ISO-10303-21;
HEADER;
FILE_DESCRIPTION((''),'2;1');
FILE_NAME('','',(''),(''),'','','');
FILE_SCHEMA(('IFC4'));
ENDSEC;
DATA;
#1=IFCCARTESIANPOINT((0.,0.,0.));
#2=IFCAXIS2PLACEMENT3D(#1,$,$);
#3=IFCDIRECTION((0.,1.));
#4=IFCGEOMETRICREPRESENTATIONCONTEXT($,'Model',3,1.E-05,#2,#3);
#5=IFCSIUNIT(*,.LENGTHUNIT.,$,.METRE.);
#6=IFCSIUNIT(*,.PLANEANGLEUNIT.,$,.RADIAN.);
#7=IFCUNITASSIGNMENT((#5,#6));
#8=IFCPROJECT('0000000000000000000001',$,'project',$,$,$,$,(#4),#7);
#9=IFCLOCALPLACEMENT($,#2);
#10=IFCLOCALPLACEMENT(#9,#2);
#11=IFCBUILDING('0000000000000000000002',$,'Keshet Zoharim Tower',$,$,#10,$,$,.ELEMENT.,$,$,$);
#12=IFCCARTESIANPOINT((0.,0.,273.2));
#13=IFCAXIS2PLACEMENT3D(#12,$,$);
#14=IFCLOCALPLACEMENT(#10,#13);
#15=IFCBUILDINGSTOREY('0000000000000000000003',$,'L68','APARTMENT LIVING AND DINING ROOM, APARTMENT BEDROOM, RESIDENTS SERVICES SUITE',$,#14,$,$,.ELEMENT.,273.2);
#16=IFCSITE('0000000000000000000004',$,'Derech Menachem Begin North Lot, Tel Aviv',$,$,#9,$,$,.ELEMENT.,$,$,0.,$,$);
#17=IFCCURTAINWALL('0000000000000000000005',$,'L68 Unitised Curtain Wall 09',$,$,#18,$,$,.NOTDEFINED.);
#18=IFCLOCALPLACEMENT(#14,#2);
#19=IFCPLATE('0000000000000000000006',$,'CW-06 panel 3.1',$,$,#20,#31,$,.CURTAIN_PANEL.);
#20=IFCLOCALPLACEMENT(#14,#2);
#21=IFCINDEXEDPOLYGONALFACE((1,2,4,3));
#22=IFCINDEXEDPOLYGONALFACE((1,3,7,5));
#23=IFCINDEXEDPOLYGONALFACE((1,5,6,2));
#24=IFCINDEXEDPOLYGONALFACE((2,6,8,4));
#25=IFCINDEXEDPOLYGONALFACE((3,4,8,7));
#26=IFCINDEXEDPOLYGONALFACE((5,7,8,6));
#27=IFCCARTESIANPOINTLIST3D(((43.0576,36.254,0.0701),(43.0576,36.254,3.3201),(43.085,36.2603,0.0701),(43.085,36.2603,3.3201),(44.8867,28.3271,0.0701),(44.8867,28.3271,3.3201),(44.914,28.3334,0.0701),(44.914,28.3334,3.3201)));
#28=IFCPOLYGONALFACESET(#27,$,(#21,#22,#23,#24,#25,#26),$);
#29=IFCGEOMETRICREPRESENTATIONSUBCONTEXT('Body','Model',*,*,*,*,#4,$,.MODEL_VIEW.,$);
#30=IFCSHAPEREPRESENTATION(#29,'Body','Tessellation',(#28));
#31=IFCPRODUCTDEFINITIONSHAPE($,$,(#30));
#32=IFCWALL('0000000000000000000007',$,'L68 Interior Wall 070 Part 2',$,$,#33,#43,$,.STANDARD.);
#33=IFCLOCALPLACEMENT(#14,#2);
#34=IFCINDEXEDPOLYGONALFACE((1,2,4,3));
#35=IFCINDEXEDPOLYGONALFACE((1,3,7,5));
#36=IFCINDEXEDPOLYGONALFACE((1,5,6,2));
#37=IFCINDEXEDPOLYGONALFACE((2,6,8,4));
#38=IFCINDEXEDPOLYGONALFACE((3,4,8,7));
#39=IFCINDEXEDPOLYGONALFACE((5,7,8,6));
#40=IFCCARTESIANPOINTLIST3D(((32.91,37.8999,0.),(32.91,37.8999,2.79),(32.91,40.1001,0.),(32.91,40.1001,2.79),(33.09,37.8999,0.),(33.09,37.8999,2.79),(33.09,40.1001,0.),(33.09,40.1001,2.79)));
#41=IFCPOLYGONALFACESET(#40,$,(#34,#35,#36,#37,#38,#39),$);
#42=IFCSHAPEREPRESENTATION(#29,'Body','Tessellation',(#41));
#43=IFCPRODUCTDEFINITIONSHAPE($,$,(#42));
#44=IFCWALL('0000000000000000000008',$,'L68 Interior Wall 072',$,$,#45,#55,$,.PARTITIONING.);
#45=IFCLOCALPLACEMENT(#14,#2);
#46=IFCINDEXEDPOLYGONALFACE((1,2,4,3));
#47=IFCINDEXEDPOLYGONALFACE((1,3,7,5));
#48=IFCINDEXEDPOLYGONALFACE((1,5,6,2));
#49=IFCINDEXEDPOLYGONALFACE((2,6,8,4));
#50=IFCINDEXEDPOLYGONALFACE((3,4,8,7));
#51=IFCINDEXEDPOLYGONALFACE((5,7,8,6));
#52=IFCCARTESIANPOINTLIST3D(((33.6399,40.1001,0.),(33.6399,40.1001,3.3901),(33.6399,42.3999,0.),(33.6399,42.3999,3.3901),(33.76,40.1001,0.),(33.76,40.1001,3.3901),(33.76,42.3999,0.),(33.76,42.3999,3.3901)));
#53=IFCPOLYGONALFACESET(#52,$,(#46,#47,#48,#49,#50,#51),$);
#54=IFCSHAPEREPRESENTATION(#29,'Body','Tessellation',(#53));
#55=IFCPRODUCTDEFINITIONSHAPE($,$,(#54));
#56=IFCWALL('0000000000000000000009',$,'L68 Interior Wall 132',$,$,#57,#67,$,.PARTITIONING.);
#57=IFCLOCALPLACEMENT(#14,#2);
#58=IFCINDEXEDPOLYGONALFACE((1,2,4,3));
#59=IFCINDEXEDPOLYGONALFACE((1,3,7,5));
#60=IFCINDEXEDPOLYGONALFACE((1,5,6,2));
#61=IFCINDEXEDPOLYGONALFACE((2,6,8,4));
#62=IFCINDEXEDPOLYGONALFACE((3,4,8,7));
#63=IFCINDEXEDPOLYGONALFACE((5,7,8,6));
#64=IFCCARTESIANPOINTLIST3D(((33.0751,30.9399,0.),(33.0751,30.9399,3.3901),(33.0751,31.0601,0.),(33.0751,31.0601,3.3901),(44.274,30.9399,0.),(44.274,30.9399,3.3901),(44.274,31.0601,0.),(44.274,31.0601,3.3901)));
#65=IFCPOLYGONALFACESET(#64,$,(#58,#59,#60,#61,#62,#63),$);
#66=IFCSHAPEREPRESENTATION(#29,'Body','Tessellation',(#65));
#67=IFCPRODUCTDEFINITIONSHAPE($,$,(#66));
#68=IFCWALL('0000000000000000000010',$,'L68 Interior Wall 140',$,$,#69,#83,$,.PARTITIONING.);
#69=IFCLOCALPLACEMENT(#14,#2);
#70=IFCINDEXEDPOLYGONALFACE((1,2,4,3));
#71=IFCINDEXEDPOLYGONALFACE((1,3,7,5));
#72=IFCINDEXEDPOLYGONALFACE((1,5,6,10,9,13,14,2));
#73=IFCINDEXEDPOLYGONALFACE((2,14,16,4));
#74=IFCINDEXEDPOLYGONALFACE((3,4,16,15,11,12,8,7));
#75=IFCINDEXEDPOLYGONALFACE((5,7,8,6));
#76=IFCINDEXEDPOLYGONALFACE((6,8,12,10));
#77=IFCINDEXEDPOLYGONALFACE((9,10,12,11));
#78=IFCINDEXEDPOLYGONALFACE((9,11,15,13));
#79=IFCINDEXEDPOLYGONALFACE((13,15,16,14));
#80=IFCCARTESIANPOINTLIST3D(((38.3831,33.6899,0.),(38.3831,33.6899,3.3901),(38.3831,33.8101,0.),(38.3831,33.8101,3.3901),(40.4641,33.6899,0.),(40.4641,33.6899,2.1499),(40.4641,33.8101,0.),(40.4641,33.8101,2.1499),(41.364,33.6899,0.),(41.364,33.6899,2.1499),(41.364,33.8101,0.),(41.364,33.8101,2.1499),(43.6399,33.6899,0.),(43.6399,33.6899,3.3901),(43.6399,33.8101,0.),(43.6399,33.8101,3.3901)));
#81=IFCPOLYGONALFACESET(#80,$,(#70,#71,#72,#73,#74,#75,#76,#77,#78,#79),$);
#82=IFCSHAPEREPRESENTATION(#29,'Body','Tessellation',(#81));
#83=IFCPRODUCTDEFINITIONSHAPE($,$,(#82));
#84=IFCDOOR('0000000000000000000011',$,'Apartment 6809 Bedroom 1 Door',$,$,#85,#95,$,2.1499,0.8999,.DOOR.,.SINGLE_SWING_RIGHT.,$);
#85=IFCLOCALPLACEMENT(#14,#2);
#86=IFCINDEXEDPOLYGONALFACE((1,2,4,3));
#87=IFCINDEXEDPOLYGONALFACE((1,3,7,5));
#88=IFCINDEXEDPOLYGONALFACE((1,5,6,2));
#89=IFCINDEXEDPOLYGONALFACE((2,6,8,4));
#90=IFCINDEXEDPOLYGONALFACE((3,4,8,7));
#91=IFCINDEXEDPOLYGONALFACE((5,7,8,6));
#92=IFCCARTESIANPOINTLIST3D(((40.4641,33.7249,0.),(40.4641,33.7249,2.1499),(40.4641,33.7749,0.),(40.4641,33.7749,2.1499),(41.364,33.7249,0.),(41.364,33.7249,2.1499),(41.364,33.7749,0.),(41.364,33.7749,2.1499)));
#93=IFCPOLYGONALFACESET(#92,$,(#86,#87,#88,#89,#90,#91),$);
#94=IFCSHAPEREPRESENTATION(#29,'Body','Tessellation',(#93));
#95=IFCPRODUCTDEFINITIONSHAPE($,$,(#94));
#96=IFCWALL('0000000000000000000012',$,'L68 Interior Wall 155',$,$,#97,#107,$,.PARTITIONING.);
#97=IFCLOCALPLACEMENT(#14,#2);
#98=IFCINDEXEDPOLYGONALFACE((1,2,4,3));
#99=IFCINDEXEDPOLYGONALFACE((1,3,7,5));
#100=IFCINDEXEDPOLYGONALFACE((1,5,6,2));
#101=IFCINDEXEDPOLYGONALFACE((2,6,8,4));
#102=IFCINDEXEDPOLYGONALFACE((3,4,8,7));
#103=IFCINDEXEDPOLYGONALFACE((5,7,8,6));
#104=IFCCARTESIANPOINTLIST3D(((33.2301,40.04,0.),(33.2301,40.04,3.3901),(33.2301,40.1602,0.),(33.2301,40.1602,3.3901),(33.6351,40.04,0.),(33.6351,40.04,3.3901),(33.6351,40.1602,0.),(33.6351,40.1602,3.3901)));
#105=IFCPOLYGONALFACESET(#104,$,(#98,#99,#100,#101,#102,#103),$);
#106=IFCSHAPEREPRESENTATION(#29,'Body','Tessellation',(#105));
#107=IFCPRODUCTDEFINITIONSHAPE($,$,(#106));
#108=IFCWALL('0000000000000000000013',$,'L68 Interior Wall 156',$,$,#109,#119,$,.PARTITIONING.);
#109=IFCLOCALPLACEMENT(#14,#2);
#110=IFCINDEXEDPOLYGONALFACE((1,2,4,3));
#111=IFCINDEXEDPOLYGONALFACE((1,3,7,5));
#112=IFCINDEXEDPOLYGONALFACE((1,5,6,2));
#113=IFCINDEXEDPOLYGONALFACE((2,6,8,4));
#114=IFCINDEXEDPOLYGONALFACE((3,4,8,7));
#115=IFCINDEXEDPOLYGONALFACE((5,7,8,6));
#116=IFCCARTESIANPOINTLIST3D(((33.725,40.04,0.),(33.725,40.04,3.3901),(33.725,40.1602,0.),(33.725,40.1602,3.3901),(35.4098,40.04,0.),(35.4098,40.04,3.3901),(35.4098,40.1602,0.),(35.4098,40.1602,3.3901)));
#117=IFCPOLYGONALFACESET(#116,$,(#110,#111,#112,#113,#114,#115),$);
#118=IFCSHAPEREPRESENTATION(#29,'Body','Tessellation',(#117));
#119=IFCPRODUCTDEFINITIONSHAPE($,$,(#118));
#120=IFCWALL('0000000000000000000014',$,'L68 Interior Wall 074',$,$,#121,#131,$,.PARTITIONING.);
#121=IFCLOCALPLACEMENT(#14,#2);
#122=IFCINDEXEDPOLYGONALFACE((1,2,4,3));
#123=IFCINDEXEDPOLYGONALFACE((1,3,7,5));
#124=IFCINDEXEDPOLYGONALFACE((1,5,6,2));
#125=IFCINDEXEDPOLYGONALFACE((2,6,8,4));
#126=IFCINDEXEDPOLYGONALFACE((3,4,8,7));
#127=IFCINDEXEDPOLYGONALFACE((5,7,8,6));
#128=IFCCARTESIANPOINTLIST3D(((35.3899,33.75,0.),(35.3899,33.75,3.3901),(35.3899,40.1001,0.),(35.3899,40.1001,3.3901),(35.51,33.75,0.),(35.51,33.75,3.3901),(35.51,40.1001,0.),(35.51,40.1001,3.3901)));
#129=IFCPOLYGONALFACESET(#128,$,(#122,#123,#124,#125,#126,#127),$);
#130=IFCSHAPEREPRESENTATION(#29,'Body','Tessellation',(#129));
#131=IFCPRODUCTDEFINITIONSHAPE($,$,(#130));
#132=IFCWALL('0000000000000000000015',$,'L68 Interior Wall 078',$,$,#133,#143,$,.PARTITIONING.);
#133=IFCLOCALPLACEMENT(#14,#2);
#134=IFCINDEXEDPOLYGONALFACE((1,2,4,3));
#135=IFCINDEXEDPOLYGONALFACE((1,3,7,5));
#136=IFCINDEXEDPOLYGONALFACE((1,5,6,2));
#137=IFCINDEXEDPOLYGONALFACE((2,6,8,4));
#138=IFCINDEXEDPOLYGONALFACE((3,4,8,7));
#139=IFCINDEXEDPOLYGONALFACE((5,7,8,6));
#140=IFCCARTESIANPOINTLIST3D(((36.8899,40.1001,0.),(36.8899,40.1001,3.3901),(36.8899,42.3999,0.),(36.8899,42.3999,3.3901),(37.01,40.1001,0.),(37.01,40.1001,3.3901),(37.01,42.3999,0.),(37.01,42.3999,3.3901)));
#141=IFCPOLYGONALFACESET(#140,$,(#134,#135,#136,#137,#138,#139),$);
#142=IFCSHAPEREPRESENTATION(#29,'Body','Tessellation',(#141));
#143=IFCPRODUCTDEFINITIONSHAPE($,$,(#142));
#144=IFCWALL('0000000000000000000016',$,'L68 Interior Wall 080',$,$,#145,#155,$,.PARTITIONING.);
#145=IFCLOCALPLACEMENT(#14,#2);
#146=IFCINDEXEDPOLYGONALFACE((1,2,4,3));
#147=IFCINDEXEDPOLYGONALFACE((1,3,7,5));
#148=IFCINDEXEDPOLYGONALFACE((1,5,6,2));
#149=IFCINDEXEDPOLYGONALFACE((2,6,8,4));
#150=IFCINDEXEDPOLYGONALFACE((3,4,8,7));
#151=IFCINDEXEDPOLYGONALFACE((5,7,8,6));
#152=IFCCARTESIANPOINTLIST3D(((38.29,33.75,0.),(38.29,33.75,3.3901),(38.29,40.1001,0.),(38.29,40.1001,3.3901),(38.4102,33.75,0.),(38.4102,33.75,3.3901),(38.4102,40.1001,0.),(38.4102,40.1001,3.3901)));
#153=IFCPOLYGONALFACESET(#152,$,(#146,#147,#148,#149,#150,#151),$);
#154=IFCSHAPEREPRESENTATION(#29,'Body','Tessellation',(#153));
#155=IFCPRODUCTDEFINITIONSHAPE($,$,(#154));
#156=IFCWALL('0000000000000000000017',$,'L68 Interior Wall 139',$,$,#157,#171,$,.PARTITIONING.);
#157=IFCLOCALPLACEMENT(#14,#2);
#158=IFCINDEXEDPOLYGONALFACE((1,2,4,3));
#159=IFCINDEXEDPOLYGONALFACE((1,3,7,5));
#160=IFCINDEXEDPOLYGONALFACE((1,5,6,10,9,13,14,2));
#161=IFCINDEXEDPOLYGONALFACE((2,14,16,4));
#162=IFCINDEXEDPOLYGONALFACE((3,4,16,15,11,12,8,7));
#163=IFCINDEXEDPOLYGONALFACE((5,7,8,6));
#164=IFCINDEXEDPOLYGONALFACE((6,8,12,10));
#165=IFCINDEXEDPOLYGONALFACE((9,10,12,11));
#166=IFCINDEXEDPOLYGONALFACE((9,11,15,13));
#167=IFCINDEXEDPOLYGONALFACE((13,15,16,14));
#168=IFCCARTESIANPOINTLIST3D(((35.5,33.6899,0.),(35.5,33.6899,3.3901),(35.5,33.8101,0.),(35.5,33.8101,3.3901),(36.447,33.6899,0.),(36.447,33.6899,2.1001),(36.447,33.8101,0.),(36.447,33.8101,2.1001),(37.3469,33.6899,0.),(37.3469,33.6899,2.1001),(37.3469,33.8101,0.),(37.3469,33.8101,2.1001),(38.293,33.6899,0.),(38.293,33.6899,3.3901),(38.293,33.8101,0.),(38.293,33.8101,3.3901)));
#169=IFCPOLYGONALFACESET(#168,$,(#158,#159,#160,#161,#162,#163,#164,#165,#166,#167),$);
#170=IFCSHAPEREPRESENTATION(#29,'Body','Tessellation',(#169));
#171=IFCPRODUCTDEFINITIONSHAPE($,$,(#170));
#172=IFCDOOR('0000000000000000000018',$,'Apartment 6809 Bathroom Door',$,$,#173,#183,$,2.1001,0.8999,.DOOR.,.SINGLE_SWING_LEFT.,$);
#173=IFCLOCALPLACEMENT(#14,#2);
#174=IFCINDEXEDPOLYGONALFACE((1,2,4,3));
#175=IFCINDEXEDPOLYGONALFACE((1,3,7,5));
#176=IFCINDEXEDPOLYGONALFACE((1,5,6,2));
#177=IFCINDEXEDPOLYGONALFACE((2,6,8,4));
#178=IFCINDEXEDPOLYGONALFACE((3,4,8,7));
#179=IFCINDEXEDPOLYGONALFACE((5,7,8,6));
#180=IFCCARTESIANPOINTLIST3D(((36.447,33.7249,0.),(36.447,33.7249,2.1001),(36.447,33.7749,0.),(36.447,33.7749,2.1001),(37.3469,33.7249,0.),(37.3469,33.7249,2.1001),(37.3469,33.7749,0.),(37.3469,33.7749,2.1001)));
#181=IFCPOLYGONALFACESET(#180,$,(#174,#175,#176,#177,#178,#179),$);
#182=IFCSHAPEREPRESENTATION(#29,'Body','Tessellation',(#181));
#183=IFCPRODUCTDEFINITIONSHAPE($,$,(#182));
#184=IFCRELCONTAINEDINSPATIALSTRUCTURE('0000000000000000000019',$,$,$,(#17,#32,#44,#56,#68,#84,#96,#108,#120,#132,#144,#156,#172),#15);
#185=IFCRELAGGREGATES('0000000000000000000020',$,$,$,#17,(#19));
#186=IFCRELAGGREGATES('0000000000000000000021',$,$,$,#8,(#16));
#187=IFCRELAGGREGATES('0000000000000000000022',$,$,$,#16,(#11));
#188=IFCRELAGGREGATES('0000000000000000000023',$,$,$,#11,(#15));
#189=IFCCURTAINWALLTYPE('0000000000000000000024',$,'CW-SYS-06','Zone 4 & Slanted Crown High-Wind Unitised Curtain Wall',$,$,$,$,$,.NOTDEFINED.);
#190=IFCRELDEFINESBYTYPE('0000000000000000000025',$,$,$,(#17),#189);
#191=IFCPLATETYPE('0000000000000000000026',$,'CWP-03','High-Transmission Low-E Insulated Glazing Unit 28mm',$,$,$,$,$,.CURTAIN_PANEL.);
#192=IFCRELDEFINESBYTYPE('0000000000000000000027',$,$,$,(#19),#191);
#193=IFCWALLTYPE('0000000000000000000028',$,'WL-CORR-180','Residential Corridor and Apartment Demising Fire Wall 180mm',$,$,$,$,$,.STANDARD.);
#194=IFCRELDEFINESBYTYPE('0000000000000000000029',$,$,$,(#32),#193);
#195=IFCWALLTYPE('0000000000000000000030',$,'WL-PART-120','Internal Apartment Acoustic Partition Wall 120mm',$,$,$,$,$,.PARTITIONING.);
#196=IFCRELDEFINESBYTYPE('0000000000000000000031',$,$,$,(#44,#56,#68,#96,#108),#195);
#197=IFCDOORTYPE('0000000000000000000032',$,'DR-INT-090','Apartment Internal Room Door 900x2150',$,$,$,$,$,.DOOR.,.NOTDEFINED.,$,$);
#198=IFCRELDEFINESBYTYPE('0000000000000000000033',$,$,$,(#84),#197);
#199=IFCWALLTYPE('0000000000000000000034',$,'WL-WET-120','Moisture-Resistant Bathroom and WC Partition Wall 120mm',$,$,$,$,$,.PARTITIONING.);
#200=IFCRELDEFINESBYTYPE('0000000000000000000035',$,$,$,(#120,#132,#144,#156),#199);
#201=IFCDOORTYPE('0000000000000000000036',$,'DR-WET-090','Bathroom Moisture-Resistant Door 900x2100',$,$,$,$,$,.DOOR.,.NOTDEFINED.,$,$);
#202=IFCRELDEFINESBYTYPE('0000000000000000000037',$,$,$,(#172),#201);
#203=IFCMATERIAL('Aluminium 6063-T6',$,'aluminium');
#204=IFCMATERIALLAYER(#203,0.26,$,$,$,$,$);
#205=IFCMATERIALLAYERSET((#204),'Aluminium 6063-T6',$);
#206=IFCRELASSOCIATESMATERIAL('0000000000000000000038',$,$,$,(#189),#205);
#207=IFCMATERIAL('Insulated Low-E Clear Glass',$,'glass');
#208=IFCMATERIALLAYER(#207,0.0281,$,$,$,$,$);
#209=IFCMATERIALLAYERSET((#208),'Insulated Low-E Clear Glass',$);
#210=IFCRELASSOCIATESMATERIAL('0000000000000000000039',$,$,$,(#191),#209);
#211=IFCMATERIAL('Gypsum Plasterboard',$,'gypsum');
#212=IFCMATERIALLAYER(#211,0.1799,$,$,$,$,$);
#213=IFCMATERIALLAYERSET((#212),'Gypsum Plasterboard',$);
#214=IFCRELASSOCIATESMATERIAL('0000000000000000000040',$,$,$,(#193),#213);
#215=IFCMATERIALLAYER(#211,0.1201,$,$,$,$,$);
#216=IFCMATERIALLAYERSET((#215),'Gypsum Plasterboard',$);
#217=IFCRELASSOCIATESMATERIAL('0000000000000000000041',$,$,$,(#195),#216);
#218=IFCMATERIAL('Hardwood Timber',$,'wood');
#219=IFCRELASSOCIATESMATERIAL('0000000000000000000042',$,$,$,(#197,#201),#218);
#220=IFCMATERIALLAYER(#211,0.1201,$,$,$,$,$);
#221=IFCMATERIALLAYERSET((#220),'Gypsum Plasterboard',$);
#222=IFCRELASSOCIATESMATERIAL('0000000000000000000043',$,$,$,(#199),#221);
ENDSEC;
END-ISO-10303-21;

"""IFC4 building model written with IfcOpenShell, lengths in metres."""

from ifc_helpers import new_model, si_unit, direction, frame, frame_2d, origin, origin_2d, place, context, subcontext, project, spatial, rectangle, extrude, material, layer, layer_set, type_object, element, fill, aggregate, save


model = new_model("IFC4")

# Units and contexts
model_context = context("Model", 3, precision=1e-05, world=origin(), true_north=direction((0.0, 1.0)))
body_context = subcontext(model_context, "Body", "Model", "MODEL_VIEW")
ifc_project = project(units=[si_unit("LENGTHUNIT", "METRE"), si_unit("PLANEANGLEUNIT", "RADIAN")], contexts=[model_context])

# Site, building, storey
site_placement = place(None, origin())
site = spatial("IfcSite", under=ifc_project, at=site_placement, Name="Derech Menachem Begin North Lot, Tel Aviv", CompositionType="ELEMENT", RefElevation=0.0)
building_placement = place(site_placement, origin())
building = spatial("IfcBuilding", under=site, at=building_placement, Name="Keshet Zoharim Tower", CompositionType="ELEMENT")
storey_placement = place(building_placement, frame((0.0, 0.0, 273.2)))
storey = spatial("IfcBuildingStorey", under=building, at=storey_placement, Name="L68", Description="APARTMENT LIVING AND DINING ROOM, APARTMENT BEDROOM, RESIDENTS SERVICES SUITE", CompositionType="ELEMENT", Elevation=273.2)

# Curtain wall
ifc_material_1 = material(Name="Aluminium 6063-T6", Category="aluminium")
ifc_layer_1 = layer(ifc_material_1, 0.26)
ifc_layer_set_1 = layer_set([ifc_layer_1], Name="Aluminium 6063-T6")
curtain_wall_type = type_object("IfcCurtainWallType", Name="CW-SYS-06", Description="Zone 4 & Slanted Crown High-Wind Unitised Curtain Wall", PredefinedType="NOTDEFINED", material=ifc_layer_set_1)
curtain_wall_1_placement = place(storey_placement, origin())
curtain_wall_1 = element("IfcCurtainWall", 1, at=curtain_wall_1_placement, inside=storey, type_object=curtain_wall_type, Name="L68 Unitised Curtain Wall 09", PredefinedType="NOTDEFINED")

# Plate
ifc_material_2 = material(Name="Insulated Low-E Clear Glass", Category="glass")
ifc_layer_2 = layer(ifc_material_2, 0.0281)
ifc_layer_set_2 = layer_set([ifc_layer_2], Name="Insulated Low-E Clear Glass")
plate_type = type_object("IfcPlateType", Name="CWP-03", Description="High-Transmission Low-E Insulated Glazing Unit 28mm", PredefinedType="CURTAIN_PANEL", material=ifc_layer_set_2)
plate_placement = place(storey_placement, frame((43.9858, 32.2937, 0.0701), z_axis=(0.0, 0.0, 1.0), x_axis=(0.22483, -0.974398, 0.0)))
plate = element("IfcPlate", 2, at=plate_placement, type_object=plate_type, Name="CW-06 panel 3.1", PredefinedType="CURTAIN_PANEL", context=body_context, shape_type="SweptSolid", body=[
    extrude(rectangle(XDim=8.1353, YDim=0.0281, at=origin_2d()), origin(), (0.0, 0.0, 1.0), 3.25),
])
aggregate(curtain_wall_1, [plate])

# Walls
ifc_material_3 = material(Name="Gypsum Plasterboard", Category="gypsum")
ifc_layer_3 = layer(ifc_material_3, 0.1799)
ifc_layer_set_3 = layer_set([ifc_layer_3], Name="Gypsum Plasterboard")
wall_type_1 = type_object("IfcWallType", Name="WL-CORR-180", Description="Residential Corridor and Apartment Demising Fire Wall 180mm", PredefinedType="STANDARD", material=ifc_layer_set_3)
wall_1_placement = place(storey_placement, frame((33.0, 37.8999, 0.0), z_axis=(0.0, 0.0, 1.0), x_axis=(0.0, 1.0, 0.0)))
element("IfcWall", 3, at=wall_1_placement, inside=storey, type_object=wall_type_1, Name="L68 Interior Wall 070 Part 2", PredefinedType="STANDARD", context=body_context, shape_type="SweptSolid", body=[
    extrude(rectangle(XDim=2.2002, YDim=0.1799, at=frame_2d((1.1001, 0.0))), origin(), (0.0, 0.0, 1.0), 2.79),
])
ifc_layer_4 = layer(ifc_material_3, 0.1201)
ifc_layer_set_4 = layer_set([ifc_layer_4], Name="Gypsum Plasterboard")
wall_type_2 = type_object("IfcWallType", Name="WL-PART-120", Description="Internal Apartment Acoustic Partition Wall 120mm", PredefinedType="PARTITIONING", material=ifc_layer_set_4)
wall_2_placement = place(storey_placement, frame((33.7, 40.1001, 0.0), z_axis=(0.0, 0.0, 1.0), x_axis=(0.0, 1.0, 0.0)))
element("IfcWall", 4, at=wall_2_placement, inside=storey, type_object=wall_type_2, Name="L68 Interior Wall 072", PredefinedType="PARTITIONING", context=body_context, shape_type="SweptSolid", body=[
    extrude(rectangle(XDim=2.2998, YDim=0.1201, at=frame_2d((1.1499, 0.0))), origin(), (0.0, 0.0, 1.0), 3.3901),
])
wall_3_placement = place(storey_placement, frame((33.075, 31.0, 0.0), z_axis=(0.0, 0.0, 1.0), x_axis=(1.0, 0.0, 0.0)))
element("IfcWall", 5, at=wall_3_placement, inside=storey, type_object=wall_type_2, Name="L68 Interior Wall 132", PredefinedType="PARTITIONING", context=body_context, shape_type="SweptSolid", body=[
    extrude(rectangle(XDim=11.199, YDim=0.1201, at=frame_2d((5.5996, 0.0))), origin(), (0.0, 0.0, 1.0), 3.3901),
])

# Wall, opening, door
ifc_material_4 = material(Name="Hardwood Timber", Category="wood")
door_type_1 = type_object("IfcDoorType", Name="DR-INT-090", Description="Apartment Internal Room Door 900x2150", OperationType="NOTDEFINED", PredefinedType="DOOR", material=ifc_material_4)
wall_4_placement = place(storey_placement, frame((38.3831, 33.75, 0.0), z_axis=(0.0, 0.0, 1.0), x_axis=(1.0, 0.0, 0.0)))
wall_4 = element("IfcWall", 6, at=wall_4_placement, inside=storey, type_object=wall_type_2, Name="L68 Interior Wall 140", PredefinedType="PARTITIONING", context=body_context, shape_type="SweptSolid", body=[
    extrude(rectangle(XDim=5.2568, YDim=0.1201, at=frame_2d((2.6284, 0.0))), origin(), (0.0, 0.0, 1.0), 3.3901),
])
opening_1_placement = place(wall_4_placement, frame((2.0811, 0.0, 0.0)))
opening_1 = element("IfcOpeningElement", 7, at=opening_1_placement, cuts=wall_4, PredefinedType="OPENING", context=body_context, shape_type="SweptSolid", body=[
    extrude(rectangle(XDim=0.8999, YDim=2.1499, at=frame_2d((0.45, 1.075))), frame((0.0, 0.0701, 0.0), z_axis=(0.0, -1.0, 0.0), x_axis=(1.0, 0.0, 0.0)), (0.0, 0.0, 1.0), 0.1401),
])
door_1_placement = place(opening_1_placement, origin())
door_1 = element("IfcDoor", 8, at=door_1_placement, inside=storey, type_object=door_type_1, Name="Apartment 6809 Bedroom 1 Door", OperationType="SINGLE_SWING_RIGHT", OverallHeight=2.1499, OverallWidth=0.8999, PredefinedType="DOOR", context=body_context, shape_type="SweptSolid", body=[
    extrude(rectangle(XDim=0.8999, YDim=2.1499, at=frame_2d((0.45, 1.075))), frame((0.0, 0.0249, 0.0), z_axis=(0.0, -1.0, 0.0), x_axis=(1.0, 0.0, 0.0)), (0.0, 0.0, 1.0), 0.05),
])
fill(opening_1, door_1)

# Walls
wall_5_placement = place(storey_placement, frame((33.23, 40.1001, 0.0), z_axis=(0.0, 0.0, 1.0), x_axis=(1.0, 0.0, 0.0)))
element("IfcWall", 9, at=wall_5_placement, inside=storey, type_object=wall_type_2, Name="L68 Interior Wall 155", PredefinedType="PARTITIONING", context=body_context, shape_type="SweptSolid", body=[
    extrude(rectangle(XDim=0.405, YDim=0.1201, at=frame_2d((0.2026, 0.0))), origin(), (0.0, 0.0, 1.0), 3.3901),
])
wall_6_placement = place(storey_placement, frame((33.7251, 40.1001, 0.0), z_axis=(0.0, 0.0, 1.0), x_axis=(1.0, 0.0, 0.0)))
element("IfcWall", 10, at=wall_6_placement, inside=storey, type_object=wall_type_2, Name="L68 Interior Wall 156", PredefinedType="PARTITIONING", context=body_context, shape_type="SweptSolid", body=[
    extrude(rectangle(XDim=1.6848, YDim=0.1201, at=frame_2d((0.8423, 0.0))), origin(), (0.0, 0.0, 1.0), 3.3901),
])
ifc_layer_5 = layer(ifc_material_3, 0.1201)
ifc_layer_set_5 = layer_set([ifc_layer_5], Name="Gypsum Plasterboard")
wall_type_3 = type_object("IfcWallType", Name="WL-WET-120", Description="Moisture-Resistant Bathroom and WC Partition Wall 120mm", PredefinedType="PARTITIONING", material=ifc_layer_set_5)
wall_7_placement = place(storey_placement, frame((35.45, 33.75, 0.0), z_axis=(0.0, 0.0, 1.0), x_axis=(0.0, 1.0, 0.0)))
element("IfcWall", 11, at=wall_7_placement, inside=storey, type_object=wall_type_3, Name="L68 Interior Wall 074", PredefinedType="PARTITIONING", context=body_context, shape_type="SweptSolid", body=[
    extrude(rectangle(XDim=6.3501, YDim=0.1201, at=frame_2d((3.175, 0.0))), origin(), (0.0, 0.0, 1.0), 3.3901),
])
wall_8_placement = place(storey_placement, frame((36.95, 40.1001, 0.0), z_axis=(0.0, 0.0, 1.0), x_axis=(0.0, 1.0, 0.0)))
element("IfcWall", 12, at=wall_8_placement, inside=storey, type_object=wall_type_3, Name="L68 Interior Wall 078", PredefinedType="PARTITIONING", context=body_context, shape_type="SweptSolid", body=[
    extrude(rectangle(XDim=2.2998, YDim=0.1201, at=frame_2d((1.1499, 0.0))), origin(), (0.0, 0.0, 1.0), 3.3901),
])
wall_9_placement = place(storey_placement, frame((38.3501, 33.75, 0.0), z_axis=(0.0, 0.0, 1.0), x_axis=(0.0, 1.0, 0.0)))
element("IfcWall", 13, at=wall_9_placement, inside=storey, type_object=wall_type_3, Name="L68 Interior Wall 080", PredefinedType="PARTITIONING", context=body_context, shape_type="SweptSolid", body=[
    extrude(rectangle(XDim=6.3501, YDim=0.1201, at=frame_2d((3.175, 0.0))), origin(), (0.0, 0.0, 1.0), 3.3901),
])

# Wall, opening, door
wall_10_placement = place(storey_placement, frame((35.5, 33.75, 0.0), z_axis=(0.0, 0.0, 1.0), x_axis=(1.0, 0.0, 0.0)))
wall_10 = element("IfcWall", 14, at=wall_10_placement, inside=storey, type_object=wall_type_3, Name="L68 Interior Wall 139", PredefinedType="PARTITIONING", context=body_context, shape_type="SweptSolid", body=[
    extrude(rectangle(XDim=2.793, YDim=0.1201, at=frame_2d((1.3965, 0.0))), origin(), (0.0, 0.0, 1.0), 3.3901),
])
opening_2_placement = place(wall_10_placement, frame((0.947, 0.0, 0.0)))
opening_2 = element("IfcOpeningElement", 15, at=opening_2_placement, cuts=wall_10, PredefinedType="OPENING", context=body_context, shape_type="SweptSolid", body=[
    extrude(rectangle(XDim=0.8999, YDim=2.1001, at=frame_2d((0.45, 1.05))), frame((0.0, 0.0701, 0.0), z_axis=(0.0, -1.0, 0.0), x_axis=(1.0, 0.0, 0.0)), (0.0, 0.0, 1.0), 0.1401),
])
door_type_2 = type_object("IfcDoorType", Name="DR-WET-090", Description="Bathroom Moisture-Resistant Door 900x2100", OperationType="NOTDEFINED", PredefinedType="DOOR", material=ifc_material_4)
door_2_placement = place(opening_2_placement, origin())
door_2 = element("IfcDoor", 16, at=door_2_placement, inside=storey, type_object=door_type_2, Name="Apartment 6809 Bathroom Door", OperationType="SINGLE_SWING_LEFT", OverallHeight=2.1001, OverallWidth=0.8999, PredefinedType="DOOR", context=body_context, shape_type="SweptSolid", body=[
    extrude(rectangle(XDim=0.8999, YDim=2.1001, at=frame_2d((0.45, 1.05))), frame((0.0, 0.0249, 0.0), z_axis=(0.0, -1.0, 0.0), x_axis=(1.0, 0.0, 0.0)), (0.0, 0.0, 1.0), 0.05),
])
fill(opening_2, door_2)

save(model, "model.ifc")
